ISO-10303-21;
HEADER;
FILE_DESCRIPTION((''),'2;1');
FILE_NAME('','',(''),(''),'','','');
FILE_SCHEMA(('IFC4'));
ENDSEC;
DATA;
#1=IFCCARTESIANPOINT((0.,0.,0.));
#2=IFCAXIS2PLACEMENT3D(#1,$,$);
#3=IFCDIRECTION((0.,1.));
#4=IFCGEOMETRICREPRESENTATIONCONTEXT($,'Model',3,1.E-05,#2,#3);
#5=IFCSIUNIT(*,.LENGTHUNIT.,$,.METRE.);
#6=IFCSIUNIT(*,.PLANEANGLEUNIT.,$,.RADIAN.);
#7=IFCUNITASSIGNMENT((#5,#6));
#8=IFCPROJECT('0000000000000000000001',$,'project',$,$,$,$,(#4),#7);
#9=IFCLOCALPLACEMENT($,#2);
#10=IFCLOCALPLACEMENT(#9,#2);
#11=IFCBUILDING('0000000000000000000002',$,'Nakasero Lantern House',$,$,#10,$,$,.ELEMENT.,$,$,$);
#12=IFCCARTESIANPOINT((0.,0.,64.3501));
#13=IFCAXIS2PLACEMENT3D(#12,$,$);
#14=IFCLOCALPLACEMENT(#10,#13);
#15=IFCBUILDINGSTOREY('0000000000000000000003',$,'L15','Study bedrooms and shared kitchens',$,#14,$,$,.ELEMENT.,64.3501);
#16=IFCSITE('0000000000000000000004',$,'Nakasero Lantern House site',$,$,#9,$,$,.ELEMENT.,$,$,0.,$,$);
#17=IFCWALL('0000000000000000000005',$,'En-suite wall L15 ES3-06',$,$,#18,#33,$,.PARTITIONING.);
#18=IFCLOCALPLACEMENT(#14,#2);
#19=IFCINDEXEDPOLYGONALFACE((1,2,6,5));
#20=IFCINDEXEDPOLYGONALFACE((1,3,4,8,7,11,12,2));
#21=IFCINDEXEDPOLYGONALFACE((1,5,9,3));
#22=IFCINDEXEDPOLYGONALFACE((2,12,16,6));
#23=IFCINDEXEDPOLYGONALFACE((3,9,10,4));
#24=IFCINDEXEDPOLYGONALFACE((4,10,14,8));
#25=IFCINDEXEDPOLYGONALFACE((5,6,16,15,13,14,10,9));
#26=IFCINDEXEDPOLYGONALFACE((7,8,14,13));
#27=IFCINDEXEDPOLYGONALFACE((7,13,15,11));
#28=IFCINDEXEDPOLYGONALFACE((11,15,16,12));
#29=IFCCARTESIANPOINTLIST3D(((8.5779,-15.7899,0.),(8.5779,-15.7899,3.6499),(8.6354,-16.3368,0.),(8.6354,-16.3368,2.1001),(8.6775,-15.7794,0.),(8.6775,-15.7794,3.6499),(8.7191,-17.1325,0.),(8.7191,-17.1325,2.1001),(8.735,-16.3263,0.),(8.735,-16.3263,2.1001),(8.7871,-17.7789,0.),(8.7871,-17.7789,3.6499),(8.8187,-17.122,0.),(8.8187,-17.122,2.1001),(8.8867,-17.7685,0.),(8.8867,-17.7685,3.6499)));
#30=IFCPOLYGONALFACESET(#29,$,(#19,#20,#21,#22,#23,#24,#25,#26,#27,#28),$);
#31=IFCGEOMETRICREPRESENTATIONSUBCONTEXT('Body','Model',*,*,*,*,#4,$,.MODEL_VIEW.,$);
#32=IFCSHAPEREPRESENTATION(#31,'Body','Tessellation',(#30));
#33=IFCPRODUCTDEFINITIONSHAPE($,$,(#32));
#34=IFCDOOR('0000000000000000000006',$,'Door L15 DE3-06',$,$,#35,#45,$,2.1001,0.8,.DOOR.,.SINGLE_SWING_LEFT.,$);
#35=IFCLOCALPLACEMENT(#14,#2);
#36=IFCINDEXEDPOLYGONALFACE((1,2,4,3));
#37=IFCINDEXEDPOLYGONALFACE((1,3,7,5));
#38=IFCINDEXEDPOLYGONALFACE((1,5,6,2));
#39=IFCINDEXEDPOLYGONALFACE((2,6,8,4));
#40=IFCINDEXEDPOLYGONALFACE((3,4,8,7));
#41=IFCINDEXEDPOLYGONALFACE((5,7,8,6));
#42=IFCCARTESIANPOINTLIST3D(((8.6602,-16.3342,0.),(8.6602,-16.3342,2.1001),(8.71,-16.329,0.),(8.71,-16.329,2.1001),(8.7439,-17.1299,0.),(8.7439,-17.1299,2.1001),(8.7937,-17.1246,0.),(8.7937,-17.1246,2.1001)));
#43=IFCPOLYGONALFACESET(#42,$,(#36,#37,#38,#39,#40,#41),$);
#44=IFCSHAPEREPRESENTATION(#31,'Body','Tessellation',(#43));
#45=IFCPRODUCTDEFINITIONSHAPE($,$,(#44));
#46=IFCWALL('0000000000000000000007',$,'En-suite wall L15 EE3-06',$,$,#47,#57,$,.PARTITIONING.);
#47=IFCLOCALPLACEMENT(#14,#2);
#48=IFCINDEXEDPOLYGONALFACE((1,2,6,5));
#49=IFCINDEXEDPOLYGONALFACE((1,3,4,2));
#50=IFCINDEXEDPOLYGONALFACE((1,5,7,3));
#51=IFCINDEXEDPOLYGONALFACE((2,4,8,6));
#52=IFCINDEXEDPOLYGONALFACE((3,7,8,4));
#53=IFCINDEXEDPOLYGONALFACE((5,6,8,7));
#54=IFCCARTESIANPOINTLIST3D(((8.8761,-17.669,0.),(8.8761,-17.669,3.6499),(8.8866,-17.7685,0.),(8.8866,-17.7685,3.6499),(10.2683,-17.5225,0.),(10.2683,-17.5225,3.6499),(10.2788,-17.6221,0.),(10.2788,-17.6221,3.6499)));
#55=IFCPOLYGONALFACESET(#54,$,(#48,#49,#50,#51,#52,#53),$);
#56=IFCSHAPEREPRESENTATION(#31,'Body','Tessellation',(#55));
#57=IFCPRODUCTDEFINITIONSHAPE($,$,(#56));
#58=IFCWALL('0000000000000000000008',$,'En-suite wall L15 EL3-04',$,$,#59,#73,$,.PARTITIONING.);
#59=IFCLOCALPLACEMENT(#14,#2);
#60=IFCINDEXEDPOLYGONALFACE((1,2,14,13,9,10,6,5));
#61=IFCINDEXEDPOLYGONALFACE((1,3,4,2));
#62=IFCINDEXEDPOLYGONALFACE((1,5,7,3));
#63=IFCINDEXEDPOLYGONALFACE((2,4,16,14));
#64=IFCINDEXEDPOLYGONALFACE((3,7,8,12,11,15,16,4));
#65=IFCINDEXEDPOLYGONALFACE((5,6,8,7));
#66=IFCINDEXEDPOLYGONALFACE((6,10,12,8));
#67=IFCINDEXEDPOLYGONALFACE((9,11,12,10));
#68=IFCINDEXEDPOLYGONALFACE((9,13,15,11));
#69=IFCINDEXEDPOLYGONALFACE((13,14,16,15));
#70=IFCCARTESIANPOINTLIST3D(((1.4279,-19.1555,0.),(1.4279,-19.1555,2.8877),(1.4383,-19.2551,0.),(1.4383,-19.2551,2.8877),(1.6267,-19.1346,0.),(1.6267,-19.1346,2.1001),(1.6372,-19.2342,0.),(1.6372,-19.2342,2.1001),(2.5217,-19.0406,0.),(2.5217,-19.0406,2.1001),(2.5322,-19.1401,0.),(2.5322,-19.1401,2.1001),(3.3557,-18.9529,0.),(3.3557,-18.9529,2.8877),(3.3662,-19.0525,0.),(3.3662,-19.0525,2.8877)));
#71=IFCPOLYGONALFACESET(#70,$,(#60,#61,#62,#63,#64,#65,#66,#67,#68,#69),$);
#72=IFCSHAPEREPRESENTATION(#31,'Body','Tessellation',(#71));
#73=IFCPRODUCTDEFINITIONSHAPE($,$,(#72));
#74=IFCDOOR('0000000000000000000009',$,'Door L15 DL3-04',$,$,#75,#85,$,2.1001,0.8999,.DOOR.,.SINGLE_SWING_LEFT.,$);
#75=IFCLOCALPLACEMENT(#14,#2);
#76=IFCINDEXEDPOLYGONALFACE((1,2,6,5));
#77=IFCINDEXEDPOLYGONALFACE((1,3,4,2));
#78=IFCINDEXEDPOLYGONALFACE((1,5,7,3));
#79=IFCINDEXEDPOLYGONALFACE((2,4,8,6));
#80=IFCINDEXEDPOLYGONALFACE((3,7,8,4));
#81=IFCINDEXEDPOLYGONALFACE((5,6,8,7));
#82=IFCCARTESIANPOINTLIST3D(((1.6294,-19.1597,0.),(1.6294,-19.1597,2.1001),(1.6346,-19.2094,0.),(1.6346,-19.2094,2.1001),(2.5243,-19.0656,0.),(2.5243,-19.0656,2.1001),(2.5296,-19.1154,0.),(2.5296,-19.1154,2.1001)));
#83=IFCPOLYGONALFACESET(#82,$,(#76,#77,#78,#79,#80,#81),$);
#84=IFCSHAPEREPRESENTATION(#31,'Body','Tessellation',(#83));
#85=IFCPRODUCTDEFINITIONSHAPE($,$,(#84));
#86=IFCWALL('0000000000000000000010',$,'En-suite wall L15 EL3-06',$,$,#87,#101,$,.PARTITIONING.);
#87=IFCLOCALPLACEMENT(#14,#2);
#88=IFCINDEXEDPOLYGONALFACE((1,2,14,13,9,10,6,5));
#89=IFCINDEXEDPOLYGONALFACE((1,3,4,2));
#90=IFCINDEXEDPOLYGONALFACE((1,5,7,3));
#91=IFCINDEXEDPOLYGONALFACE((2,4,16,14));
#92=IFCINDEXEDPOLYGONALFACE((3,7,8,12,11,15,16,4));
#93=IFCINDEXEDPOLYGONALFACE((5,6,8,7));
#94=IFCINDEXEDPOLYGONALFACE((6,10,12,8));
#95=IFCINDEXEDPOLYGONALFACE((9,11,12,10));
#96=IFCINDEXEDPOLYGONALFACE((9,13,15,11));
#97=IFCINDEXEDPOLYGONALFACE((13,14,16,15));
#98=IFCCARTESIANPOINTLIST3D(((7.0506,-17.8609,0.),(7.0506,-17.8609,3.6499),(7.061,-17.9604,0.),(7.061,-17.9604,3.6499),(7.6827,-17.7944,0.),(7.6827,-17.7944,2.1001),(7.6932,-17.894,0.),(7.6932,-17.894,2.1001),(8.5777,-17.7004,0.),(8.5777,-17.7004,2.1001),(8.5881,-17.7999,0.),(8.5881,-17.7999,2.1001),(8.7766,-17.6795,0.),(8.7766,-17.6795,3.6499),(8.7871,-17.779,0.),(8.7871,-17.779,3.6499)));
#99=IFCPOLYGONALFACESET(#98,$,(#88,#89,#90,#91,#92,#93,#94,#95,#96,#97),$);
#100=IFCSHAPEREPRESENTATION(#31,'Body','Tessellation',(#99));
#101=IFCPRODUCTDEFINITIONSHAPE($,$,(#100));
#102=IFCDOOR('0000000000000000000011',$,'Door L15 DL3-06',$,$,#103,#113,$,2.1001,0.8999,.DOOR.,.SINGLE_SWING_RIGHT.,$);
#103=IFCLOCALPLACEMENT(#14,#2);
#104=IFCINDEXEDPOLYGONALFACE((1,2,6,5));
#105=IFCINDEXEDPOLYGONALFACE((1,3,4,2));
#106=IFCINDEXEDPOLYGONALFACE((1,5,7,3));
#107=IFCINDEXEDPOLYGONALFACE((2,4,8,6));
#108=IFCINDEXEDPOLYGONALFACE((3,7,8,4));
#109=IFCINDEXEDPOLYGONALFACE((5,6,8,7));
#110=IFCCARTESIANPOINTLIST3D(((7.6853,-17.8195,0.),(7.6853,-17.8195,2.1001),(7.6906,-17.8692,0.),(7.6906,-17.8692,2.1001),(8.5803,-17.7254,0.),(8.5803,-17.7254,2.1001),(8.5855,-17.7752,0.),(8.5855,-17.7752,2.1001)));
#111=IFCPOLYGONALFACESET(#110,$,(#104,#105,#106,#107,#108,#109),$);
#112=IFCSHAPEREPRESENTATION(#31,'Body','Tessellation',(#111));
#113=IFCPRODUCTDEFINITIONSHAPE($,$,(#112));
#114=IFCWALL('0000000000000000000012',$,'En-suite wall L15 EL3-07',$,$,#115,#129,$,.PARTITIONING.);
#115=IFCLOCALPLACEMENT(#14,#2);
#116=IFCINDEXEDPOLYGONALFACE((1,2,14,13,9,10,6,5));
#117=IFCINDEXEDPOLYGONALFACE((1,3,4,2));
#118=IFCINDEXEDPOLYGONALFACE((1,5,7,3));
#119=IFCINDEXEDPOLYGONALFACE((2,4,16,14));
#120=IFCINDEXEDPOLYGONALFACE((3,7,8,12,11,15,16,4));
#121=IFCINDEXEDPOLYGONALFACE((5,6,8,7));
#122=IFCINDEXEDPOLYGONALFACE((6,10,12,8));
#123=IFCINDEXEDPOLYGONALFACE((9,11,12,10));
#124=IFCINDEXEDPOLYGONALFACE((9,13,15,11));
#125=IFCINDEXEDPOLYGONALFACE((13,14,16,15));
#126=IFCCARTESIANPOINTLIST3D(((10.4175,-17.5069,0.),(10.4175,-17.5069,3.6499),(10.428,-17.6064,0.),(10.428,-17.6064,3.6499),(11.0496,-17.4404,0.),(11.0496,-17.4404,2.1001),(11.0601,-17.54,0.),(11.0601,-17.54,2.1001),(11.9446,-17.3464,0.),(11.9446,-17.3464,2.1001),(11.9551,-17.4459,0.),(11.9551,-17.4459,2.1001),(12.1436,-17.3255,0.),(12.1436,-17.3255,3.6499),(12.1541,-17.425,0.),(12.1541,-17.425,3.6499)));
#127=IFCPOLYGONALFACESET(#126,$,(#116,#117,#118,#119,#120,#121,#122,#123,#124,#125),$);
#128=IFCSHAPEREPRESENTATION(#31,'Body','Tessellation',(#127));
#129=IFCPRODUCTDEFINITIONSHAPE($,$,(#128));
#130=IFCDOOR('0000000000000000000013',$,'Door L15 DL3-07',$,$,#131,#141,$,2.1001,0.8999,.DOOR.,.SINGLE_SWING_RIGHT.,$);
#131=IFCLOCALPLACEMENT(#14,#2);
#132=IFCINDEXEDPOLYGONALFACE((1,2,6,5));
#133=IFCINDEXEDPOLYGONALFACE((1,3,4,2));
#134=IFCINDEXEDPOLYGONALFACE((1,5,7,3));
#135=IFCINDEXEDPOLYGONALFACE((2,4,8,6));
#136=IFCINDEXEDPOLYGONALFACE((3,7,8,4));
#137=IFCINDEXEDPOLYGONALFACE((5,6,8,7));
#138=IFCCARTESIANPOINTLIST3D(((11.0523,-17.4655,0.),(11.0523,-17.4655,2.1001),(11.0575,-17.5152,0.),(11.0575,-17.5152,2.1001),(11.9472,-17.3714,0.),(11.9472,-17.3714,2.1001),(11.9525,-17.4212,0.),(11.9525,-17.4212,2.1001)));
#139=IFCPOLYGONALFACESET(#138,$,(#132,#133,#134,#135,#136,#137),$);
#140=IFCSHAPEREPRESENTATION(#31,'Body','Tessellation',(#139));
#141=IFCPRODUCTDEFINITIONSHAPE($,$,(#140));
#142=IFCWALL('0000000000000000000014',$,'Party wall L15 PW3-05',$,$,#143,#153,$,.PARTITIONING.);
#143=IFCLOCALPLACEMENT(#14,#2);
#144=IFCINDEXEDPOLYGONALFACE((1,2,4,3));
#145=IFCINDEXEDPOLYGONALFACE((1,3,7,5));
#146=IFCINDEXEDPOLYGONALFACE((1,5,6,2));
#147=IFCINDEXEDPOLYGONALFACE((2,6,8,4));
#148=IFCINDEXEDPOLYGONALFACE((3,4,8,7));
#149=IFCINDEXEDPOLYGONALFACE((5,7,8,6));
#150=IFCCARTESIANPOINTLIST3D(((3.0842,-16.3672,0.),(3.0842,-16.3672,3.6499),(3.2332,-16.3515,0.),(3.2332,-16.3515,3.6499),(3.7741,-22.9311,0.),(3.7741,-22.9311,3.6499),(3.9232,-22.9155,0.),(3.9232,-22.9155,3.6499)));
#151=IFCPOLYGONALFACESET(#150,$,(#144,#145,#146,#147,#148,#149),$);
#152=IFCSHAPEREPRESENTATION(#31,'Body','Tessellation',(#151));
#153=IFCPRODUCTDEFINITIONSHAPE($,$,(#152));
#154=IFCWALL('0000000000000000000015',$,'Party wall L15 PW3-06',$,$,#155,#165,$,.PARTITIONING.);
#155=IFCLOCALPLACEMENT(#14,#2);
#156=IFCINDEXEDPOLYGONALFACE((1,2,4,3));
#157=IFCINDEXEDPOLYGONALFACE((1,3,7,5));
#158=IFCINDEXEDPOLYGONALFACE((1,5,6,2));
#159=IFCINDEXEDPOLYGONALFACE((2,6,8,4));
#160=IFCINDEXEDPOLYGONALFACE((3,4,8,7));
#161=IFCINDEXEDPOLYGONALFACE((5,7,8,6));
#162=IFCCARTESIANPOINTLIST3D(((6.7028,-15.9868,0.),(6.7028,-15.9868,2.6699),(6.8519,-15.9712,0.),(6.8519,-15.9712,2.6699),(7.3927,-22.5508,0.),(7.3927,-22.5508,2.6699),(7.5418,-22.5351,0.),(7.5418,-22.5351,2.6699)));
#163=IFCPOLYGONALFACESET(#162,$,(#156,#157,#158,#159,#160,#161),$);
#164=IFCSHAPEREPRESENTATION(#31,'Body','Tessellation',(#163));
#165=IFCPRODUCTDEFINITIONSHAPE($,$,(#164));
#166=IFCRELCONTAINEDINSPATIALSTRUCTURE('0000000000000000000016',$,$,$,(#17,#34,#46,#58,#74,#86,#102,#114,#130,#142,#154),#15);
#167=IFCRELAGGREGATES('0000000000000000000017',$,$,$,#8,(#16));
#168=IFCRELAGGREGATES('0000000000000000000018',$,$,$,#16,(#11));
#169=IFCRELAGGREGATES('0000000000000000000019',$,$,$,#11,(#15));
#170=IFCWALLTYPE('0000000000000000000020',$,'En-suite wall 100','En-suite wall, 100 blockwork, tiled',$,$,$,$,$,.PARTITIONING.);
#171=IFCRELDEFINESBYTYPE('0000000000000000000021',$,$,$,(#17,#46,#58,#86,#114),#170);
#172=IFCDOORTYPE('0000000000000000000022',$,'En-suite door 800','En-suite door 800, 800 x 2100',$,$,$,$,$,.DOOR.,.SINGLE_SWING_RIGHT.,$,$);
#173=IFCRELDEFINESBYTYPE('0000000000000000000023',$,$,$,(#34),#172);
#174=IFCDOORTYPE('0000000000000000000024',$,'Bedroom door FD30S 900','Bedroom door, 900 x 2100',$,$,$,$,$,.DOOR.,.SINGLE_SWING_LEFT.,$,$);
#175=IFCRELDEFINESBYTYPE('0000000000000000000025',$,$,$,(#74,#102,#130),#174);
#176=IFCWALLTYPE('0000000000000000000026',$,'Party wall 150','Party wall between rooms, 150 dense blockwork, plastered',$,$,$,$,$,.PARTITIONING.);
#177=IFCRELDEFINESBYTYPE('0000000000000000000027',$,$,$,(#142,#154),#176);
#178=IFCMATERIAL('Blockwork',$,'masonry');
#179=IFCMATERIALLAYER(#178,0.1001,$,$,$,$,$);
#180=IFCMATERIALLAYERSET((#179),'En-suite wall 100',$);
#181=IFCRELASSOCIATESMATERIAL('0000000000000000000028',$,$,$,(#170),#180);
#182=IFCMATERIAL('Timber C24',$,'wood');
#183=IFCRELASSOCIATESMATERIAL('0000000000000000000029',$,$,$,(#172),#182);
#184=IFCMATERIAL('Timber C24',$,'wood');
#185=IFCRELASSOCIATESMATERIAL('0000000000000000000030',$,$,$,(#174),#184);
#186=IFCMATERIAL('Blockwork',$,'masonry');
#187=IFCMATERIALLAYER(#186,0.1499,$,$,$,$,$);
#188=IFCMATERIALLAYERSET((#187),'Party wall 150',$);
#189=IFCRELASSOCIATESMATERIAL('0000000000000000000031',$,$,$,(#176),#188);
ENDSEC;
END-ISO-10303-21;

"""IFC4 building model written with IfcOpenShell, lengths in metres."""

from ifc_helpers import new_model, si_unit, direction, frame, frame_2d, origin, place, context, subcontext, project, spatial, rectangle, extrude, material, layer, layer_set, type_object, element, fill, save


model = new_model("IFC4")

# Units and contexts
model_context = context("Model", 3, precision=1e-05, world=origin(), true_north=direction((0.0, 1.0)))
body_context = subcontext(model_context, "Body", "Model", "MODEL_VIEW")
ifc_project = project(units=[si_unit("LENGTHUNIT", "METRE"), si_unit("PLANEANGLEUNIT", "RADIAN")], contexts=[model_context])

# Site, building, storey
site_placement = place(None, origin())
site = spatial("IfcSite", under=ifc_project, at=site_placement, Name="Nakasero Lantern House site", CompositionType="ELEMENT", RefElevation=0.0)
building_placement = place(site_placement, origin())
building = spatial("IfcBuilding", under=site, at=building_placement, Name="Nakasero Lantern House", CompositionType="ELEMENT")
storey_placement = place(building_placement, frame((0.0, 0.0, 64.3501)))
storey = spatial("IfcBuildingStorey", under=building, at=storey_placement, Name="L15", Description="Study bedrooms and shared kitchens", CompositionType="ELEMENT", Elevation=64.3501)

# Shared definitions
ifc_material_1 = material(Name="Blockwork", Category="masonry")
ifc_layer_1 = layer(ifc_material_1, 0.1001)
ifc_layer_set_1 = layer_set([ifc_layer_1], Name="En-suite wall 100")
wall_type_1 = type_object("IfcWallType", Name="En-suite wall 100", Description="En-suite wall, 100 blockwork, tiled", PredefinedType="PARTITIONING", material=ifc_layer_set_1)
ifc_material_2 = material(Name="Timber C24", Category="wood")
door_type_1 = type_object("IfcDoorType", Name="En-suite door 800", Description="En-suite door 800, 800 x 2100", OperationType="SINGLE_SWING_RIGHT", PredefinedType="DOOR", material=ifc_material_2)

# Wall, opening, door
wall_1_placement = place(storey_placement, frame((8.6277, -15.7847, 0.0), z_axis=(0.0, 0.0, 1.0), x_axis=(0.104615, -0.994513, 0.0)))
wall_1 = element("IfcWall", 1, at=wall_1_placement, inside=storey, type_object=wall_type_1, Name="En-suite wall L15 ES3-06", PredefinedType="PARTITIONING", context=body_context, shape_type="SweptSolid", body=[
    extrude(rectangle(XDim=2.0, YDim=0.1001, at=frame_2d((1.0, 0.0))), origin(), (0.0, 0.0, 1.0), 3.6499),
])
opening_1_placement = place(wall_1_placement, frame((0.55, 0.0, 0.0)))
opening_1 = element("IfcOpeningElement", 2, at=opening_1_placement, cuts=wall_1, PredefinedType="OPENING", context=body_context, shape_type="SweptSolid", body=[
    extrude(rectangle(XDim=0.8, YDim=2.1001, at=frame_2d((0.3999, 1.05))), frame((0.0, 0.0701, 0.0), z_axis=(0.0, -1.0, 0.0), x_axis=(1.0, 0.0, 0.0)), (0.0, 0.0, 1.0), 0.1401),
])
door_1_placement = place(opening_1_placement, origin())
door_1 = element("IfcDoor", 3, at=door_1_placement, inside=storey, type_object=door_type_1, Name="Door L15 DE3-06", OperationType="SINGLE_SWING_LEFT", OverallHeight=2.1001, OverallWidth=0.8, PredefinedType="DOOR", context=body_context, shape_type="SweptSolid", body=[
    extrude(rectangle(XDim=0.8, YDim=2.1001, at=frame_2d((0.3999, 1.05))), frame((0.0, 0.0249, 0.0), z_axis=(0.0, -1.0, 0.0), x_axis=(1.0, 0.0, 0.0)), (0.0, 0.0, 1.0), 0.05),
])
fill(opening_1, door_1)

# Wall
wall_2_placement = place(storey_placement, frame((8.8813, -17.7188, 0.0), z_axis=(0.0, 0.0, 1.0), x_axis=(0.994511, 0.10463, 0.0)))
element("IfcWall", 4, at=wall_2_placement, inside=storey, type_object=wall_type_1, Name="En-suite wall L15 EE3-06", PredefinedType="PARTITIONING", context=body_context, shape_type="SweptSolid", body=[
    extrude(rectangle(XDim=1.3999, YDim=0.1001, at=frame_2d((0.7, 0.0))), origin(), (0.0, 0.0, 1.0), 3.6499),
])

# Walls, openings, doors
wall_3_placement = place(storey_placement, frame((1.4331, -19.2053, 0.0), z_axis=(0.0, 0.0, 1.0), x_axis=(0.994522, 0.104527, 0.0)))
wall_3 = element("IfcWall", 5, at=wall_3_placement, inside=storey, type_object=wall_type_1, Name="En-suite wall L15 EL3-04", PredefinedType="PARTITIONING", context=body_context, shape_type="SweptSolid", body=[
    extrude(rectangle(XDim=1.9385, YDim=0.1001, at=frame_2d((0.9692, 0.0))), origin(), (0.0, 0.0, 1.0), 2.8877),
])
opening_2_placement = place(wall_3_placement, frame((0.2, 0.0, 0.0)))
opening_2 = element("IfcOpeningElement", 6, at=opening_2_placement, cuts=wall_3, PredefinedType="OPENING", context=body_context, shape_type="SweptSolid", body=[
    extrude(rectangle(XDim=0.8999, YDim=2.1001, at=frame_2d((0.45, 1.05))), frame((0.0, 0.0701, 0.0), z_axis=(0.0, -1.0, 0.0), x_axis=(1.0, 0.0, 0.0)), (0.0, 0.0, 1.0), 0.1401),
])
ifc_material_3 = material(Name="Timber C24", Category="wood")
door_type_2 = type_object("IfcDoorType", Name="Bedroom door FD30S 900", Description="Bedroom door, 900 x 2100", OperationType="SINGLE_SWING_LEFT", PredefinedType="DOOR", material=ifc_material_3)
door_2_placement = place(opening_2_placement, origin())
door_2 = element("IfcDoor", 7, at=door_2_placement, inside=storey, type_object=door_type_2, Name="Door L15 DL3-04", OperationType="SINGLE_SWING_LEFT", OverallHeight=2.1001, OverallWidth=0.8999, PredefinedType="DOOR", context=body_context, shape_type="SweptSolid", body=[
    extrude(rectangle(XDim=0.8999, YDim=2.1001, at=frame_2d((0.45, 1.05))), frame((0.0, 0.0249, 0.0), z_axis=(0.0, -1.0, 0.0), x_axis=(1.0, 0.0, 0.0)), (0.0, 0.0, 1.0), 0.05),
])
fill(opening_2, door_2)
wall_4_placement = place(storey_placement, frame((7.0559, -17.9106, 0.0), z_axis=(0.0, 0.0, 1.0), x_axis=(0.994523, 0.104516, 0.0)))
wall_4 = element("IfcWall", 8, at=wall_4_placement, inside=storey, type_object=wall_type_1, Name="En-suite wall L15 EL3-06", PredefinedType="PARTITIONING", context=body_context, shape_type="SweptSolid", body=[
    extrude(rectangle(XDim=1.7356, YDim=0.1001, at=frame_2d((0.8677, 0.0))), origin(), (0.0, 0.0, 1.0), 3.6499),
])
opening_3_placement = place(wall_4_placement, frame((0.6355, 0.0, 0.0)))
opening_3 = element("IfcOpeningElement", 9, at=opening_3_placement, cuts=wall_4, PredefinedType="OPENING", context=body_context, shape_type="SweptSolid", body=[
    extrude(rectangle(XDim=0.8999, YDim=2.1001, at=frame_2d((0.45, 1.05))), frame((0.0, 0.0701, 0.0), z_axis=(0.0, -1.0, 0.0), x_axis=(1.0, 0.0, 0.0)), (0.0, 0.0, 1.0), 0.1401),
])
door_3_placement = place(opening_3_placement, origin())
door_3 = element("IfcDoor", 10, at=door_3_placement, inside=storey, type_object=door_type_2, Name="Door L15 DL3-06", OperationType="SINGLE_SWING_RIGHT", OverallHeight=2.1001, OverallWidth=0.8999, PredefinedType="DOOR", context=body_context, shape_type="SweptSolid", body=[
    extrude(rectangle(XDim=0.8999, YDim=2.1001, at=frame_2d((0.45, 1.05))), frame((0.0, 0.0249, 0.0), z_axis=(0.0, -1.0, 0.0), x_axis=(1.0, 0.0, 0.0)), (0.0, 0.0, 1.0), 0.05),
])
fill(opening_3, door_3)
wall_5_placement = place(storey_placement, frame((10.4229, -17.5566, 0.0), z_axis=(0.0, 0.0, 1.0), x_axis=(0.994523, 0.104516, 0.0)))
wall_5 = element("IfcWall", 11, at=wall_5_placement, inside=storey, type_object=wall_type_1, Name="En-suite wall L15 EL3-07", PredefinedType="PARTITIONING", context=body_context, shape_type="SweptSolid", body=[
    extrude(rectangle(XDim=1.7356, YDim=0.1001, at=frame_2d((0.8677, 0.0))), origin(), (0.0, 0.0, 1.0), 3.6499),
])
opening_4_placement = place(wall_5_placement, frame((0.6355, 0.0, 0.0)))
opening_4 = element("IfcOpeningElement", 12, at=opening_4_placement, cuts=wall_5, PredefinedType="OPENING", context=body_context, shape_type="SweptSolid", body=[
    extrude(rectangle(XDim=0.8999, YDim=2.1001, at=frame_2d((0.45, 1.05))), frame((0.0, 0.0701, 0.0), z_axis=(0.0, -1.0, 0.0), x_axis=(1.0, 0.0, 0.0)), (0.0, 0.0, 1.0), 0.1401),
])
door_4_placement = place(opening_4_placement, origin())
door_4 = element("IfcDoor", 13, at=door_4_placement, inside=storey, type_object=door_type_2, Name="Door L15 DL3-07", OperationType="SINGLE_SWING_RIGHT", OverallHeight=2.1001, OverallWidth=0.8999, PredefinedType="DOOR", context=body_context, shape_type="SweptSolid", body=[
    extrude(rectangle(XDim=0.8999, YDim=2.1001, at=frame_2d((0.45, 1.05))), frame((0.0, 0.0249, 0.0), z_axis=(0.0, -1.0, 0.0), x_axis=(1.0, 0.0, 0.0)), (0.0, 0.0, 1.0), 0.05),
])
fill(opening_4, door_4)

# Walls
ifc_material_4 = material(Name="Blockwork", Category="masonry")
ifc_layer_2 = layer(ifc_material_4, 0.1499)
ifc_layer_set_2 = layer_set([ifc_layer_2], Name="Party wall 150")
wall_type_2 = type_object("IfcWallType", Name="Party wall 150", Description="Party wall between rooms, 150 dense blockwork, plastered", PredefinedType="PARTITIONING", material=ifc_layer_set_2)
wall_6_placement = place(storey_placement, frame((3.1587, -16.3594, 0.0), z_axis=(0.0, 0.0, 1.0), x_axis=(0.104535, -0.994521, 0.0)))
element("IfcWall", 14, at=wall_6_placement, inside=storey, type_object=wall_type_2, Name="Party wall L15 PW3-05", PredefinedType="PARTITIONING", context=body_context, shape_type="SweptSolid", body=[
    extrude(rectangle(XDim=6.6001, YDim=0.1499, at=frame_2d((3.3, 0.0))), origin(), (0.0, 0.0, 1.0), 3.6499),
])
wall_7_placement = place(storey_placement, frame((6.7773, -15.979, 0.0), z_axis=(0.0, 0.0, 1.0), x_axis=(0.104535, -0.994521, 0.0)))
element("IfcWall", 15, at=wall_7_placement, inside=storey, type_object=wall_type_2, Name="Party wall L15 PW3-06", PredefinedType="PARTITIONING", context=body_context, shape_type="SweptSolid", body=[
    extrude(rectangle(XDim=6.6001, YDim=0.1499, at=frame_2d((3.3, 0.0))), origin(), (0.0, 0.0, 1.0), 2.6699),
])

save(model, "model.ifc")
